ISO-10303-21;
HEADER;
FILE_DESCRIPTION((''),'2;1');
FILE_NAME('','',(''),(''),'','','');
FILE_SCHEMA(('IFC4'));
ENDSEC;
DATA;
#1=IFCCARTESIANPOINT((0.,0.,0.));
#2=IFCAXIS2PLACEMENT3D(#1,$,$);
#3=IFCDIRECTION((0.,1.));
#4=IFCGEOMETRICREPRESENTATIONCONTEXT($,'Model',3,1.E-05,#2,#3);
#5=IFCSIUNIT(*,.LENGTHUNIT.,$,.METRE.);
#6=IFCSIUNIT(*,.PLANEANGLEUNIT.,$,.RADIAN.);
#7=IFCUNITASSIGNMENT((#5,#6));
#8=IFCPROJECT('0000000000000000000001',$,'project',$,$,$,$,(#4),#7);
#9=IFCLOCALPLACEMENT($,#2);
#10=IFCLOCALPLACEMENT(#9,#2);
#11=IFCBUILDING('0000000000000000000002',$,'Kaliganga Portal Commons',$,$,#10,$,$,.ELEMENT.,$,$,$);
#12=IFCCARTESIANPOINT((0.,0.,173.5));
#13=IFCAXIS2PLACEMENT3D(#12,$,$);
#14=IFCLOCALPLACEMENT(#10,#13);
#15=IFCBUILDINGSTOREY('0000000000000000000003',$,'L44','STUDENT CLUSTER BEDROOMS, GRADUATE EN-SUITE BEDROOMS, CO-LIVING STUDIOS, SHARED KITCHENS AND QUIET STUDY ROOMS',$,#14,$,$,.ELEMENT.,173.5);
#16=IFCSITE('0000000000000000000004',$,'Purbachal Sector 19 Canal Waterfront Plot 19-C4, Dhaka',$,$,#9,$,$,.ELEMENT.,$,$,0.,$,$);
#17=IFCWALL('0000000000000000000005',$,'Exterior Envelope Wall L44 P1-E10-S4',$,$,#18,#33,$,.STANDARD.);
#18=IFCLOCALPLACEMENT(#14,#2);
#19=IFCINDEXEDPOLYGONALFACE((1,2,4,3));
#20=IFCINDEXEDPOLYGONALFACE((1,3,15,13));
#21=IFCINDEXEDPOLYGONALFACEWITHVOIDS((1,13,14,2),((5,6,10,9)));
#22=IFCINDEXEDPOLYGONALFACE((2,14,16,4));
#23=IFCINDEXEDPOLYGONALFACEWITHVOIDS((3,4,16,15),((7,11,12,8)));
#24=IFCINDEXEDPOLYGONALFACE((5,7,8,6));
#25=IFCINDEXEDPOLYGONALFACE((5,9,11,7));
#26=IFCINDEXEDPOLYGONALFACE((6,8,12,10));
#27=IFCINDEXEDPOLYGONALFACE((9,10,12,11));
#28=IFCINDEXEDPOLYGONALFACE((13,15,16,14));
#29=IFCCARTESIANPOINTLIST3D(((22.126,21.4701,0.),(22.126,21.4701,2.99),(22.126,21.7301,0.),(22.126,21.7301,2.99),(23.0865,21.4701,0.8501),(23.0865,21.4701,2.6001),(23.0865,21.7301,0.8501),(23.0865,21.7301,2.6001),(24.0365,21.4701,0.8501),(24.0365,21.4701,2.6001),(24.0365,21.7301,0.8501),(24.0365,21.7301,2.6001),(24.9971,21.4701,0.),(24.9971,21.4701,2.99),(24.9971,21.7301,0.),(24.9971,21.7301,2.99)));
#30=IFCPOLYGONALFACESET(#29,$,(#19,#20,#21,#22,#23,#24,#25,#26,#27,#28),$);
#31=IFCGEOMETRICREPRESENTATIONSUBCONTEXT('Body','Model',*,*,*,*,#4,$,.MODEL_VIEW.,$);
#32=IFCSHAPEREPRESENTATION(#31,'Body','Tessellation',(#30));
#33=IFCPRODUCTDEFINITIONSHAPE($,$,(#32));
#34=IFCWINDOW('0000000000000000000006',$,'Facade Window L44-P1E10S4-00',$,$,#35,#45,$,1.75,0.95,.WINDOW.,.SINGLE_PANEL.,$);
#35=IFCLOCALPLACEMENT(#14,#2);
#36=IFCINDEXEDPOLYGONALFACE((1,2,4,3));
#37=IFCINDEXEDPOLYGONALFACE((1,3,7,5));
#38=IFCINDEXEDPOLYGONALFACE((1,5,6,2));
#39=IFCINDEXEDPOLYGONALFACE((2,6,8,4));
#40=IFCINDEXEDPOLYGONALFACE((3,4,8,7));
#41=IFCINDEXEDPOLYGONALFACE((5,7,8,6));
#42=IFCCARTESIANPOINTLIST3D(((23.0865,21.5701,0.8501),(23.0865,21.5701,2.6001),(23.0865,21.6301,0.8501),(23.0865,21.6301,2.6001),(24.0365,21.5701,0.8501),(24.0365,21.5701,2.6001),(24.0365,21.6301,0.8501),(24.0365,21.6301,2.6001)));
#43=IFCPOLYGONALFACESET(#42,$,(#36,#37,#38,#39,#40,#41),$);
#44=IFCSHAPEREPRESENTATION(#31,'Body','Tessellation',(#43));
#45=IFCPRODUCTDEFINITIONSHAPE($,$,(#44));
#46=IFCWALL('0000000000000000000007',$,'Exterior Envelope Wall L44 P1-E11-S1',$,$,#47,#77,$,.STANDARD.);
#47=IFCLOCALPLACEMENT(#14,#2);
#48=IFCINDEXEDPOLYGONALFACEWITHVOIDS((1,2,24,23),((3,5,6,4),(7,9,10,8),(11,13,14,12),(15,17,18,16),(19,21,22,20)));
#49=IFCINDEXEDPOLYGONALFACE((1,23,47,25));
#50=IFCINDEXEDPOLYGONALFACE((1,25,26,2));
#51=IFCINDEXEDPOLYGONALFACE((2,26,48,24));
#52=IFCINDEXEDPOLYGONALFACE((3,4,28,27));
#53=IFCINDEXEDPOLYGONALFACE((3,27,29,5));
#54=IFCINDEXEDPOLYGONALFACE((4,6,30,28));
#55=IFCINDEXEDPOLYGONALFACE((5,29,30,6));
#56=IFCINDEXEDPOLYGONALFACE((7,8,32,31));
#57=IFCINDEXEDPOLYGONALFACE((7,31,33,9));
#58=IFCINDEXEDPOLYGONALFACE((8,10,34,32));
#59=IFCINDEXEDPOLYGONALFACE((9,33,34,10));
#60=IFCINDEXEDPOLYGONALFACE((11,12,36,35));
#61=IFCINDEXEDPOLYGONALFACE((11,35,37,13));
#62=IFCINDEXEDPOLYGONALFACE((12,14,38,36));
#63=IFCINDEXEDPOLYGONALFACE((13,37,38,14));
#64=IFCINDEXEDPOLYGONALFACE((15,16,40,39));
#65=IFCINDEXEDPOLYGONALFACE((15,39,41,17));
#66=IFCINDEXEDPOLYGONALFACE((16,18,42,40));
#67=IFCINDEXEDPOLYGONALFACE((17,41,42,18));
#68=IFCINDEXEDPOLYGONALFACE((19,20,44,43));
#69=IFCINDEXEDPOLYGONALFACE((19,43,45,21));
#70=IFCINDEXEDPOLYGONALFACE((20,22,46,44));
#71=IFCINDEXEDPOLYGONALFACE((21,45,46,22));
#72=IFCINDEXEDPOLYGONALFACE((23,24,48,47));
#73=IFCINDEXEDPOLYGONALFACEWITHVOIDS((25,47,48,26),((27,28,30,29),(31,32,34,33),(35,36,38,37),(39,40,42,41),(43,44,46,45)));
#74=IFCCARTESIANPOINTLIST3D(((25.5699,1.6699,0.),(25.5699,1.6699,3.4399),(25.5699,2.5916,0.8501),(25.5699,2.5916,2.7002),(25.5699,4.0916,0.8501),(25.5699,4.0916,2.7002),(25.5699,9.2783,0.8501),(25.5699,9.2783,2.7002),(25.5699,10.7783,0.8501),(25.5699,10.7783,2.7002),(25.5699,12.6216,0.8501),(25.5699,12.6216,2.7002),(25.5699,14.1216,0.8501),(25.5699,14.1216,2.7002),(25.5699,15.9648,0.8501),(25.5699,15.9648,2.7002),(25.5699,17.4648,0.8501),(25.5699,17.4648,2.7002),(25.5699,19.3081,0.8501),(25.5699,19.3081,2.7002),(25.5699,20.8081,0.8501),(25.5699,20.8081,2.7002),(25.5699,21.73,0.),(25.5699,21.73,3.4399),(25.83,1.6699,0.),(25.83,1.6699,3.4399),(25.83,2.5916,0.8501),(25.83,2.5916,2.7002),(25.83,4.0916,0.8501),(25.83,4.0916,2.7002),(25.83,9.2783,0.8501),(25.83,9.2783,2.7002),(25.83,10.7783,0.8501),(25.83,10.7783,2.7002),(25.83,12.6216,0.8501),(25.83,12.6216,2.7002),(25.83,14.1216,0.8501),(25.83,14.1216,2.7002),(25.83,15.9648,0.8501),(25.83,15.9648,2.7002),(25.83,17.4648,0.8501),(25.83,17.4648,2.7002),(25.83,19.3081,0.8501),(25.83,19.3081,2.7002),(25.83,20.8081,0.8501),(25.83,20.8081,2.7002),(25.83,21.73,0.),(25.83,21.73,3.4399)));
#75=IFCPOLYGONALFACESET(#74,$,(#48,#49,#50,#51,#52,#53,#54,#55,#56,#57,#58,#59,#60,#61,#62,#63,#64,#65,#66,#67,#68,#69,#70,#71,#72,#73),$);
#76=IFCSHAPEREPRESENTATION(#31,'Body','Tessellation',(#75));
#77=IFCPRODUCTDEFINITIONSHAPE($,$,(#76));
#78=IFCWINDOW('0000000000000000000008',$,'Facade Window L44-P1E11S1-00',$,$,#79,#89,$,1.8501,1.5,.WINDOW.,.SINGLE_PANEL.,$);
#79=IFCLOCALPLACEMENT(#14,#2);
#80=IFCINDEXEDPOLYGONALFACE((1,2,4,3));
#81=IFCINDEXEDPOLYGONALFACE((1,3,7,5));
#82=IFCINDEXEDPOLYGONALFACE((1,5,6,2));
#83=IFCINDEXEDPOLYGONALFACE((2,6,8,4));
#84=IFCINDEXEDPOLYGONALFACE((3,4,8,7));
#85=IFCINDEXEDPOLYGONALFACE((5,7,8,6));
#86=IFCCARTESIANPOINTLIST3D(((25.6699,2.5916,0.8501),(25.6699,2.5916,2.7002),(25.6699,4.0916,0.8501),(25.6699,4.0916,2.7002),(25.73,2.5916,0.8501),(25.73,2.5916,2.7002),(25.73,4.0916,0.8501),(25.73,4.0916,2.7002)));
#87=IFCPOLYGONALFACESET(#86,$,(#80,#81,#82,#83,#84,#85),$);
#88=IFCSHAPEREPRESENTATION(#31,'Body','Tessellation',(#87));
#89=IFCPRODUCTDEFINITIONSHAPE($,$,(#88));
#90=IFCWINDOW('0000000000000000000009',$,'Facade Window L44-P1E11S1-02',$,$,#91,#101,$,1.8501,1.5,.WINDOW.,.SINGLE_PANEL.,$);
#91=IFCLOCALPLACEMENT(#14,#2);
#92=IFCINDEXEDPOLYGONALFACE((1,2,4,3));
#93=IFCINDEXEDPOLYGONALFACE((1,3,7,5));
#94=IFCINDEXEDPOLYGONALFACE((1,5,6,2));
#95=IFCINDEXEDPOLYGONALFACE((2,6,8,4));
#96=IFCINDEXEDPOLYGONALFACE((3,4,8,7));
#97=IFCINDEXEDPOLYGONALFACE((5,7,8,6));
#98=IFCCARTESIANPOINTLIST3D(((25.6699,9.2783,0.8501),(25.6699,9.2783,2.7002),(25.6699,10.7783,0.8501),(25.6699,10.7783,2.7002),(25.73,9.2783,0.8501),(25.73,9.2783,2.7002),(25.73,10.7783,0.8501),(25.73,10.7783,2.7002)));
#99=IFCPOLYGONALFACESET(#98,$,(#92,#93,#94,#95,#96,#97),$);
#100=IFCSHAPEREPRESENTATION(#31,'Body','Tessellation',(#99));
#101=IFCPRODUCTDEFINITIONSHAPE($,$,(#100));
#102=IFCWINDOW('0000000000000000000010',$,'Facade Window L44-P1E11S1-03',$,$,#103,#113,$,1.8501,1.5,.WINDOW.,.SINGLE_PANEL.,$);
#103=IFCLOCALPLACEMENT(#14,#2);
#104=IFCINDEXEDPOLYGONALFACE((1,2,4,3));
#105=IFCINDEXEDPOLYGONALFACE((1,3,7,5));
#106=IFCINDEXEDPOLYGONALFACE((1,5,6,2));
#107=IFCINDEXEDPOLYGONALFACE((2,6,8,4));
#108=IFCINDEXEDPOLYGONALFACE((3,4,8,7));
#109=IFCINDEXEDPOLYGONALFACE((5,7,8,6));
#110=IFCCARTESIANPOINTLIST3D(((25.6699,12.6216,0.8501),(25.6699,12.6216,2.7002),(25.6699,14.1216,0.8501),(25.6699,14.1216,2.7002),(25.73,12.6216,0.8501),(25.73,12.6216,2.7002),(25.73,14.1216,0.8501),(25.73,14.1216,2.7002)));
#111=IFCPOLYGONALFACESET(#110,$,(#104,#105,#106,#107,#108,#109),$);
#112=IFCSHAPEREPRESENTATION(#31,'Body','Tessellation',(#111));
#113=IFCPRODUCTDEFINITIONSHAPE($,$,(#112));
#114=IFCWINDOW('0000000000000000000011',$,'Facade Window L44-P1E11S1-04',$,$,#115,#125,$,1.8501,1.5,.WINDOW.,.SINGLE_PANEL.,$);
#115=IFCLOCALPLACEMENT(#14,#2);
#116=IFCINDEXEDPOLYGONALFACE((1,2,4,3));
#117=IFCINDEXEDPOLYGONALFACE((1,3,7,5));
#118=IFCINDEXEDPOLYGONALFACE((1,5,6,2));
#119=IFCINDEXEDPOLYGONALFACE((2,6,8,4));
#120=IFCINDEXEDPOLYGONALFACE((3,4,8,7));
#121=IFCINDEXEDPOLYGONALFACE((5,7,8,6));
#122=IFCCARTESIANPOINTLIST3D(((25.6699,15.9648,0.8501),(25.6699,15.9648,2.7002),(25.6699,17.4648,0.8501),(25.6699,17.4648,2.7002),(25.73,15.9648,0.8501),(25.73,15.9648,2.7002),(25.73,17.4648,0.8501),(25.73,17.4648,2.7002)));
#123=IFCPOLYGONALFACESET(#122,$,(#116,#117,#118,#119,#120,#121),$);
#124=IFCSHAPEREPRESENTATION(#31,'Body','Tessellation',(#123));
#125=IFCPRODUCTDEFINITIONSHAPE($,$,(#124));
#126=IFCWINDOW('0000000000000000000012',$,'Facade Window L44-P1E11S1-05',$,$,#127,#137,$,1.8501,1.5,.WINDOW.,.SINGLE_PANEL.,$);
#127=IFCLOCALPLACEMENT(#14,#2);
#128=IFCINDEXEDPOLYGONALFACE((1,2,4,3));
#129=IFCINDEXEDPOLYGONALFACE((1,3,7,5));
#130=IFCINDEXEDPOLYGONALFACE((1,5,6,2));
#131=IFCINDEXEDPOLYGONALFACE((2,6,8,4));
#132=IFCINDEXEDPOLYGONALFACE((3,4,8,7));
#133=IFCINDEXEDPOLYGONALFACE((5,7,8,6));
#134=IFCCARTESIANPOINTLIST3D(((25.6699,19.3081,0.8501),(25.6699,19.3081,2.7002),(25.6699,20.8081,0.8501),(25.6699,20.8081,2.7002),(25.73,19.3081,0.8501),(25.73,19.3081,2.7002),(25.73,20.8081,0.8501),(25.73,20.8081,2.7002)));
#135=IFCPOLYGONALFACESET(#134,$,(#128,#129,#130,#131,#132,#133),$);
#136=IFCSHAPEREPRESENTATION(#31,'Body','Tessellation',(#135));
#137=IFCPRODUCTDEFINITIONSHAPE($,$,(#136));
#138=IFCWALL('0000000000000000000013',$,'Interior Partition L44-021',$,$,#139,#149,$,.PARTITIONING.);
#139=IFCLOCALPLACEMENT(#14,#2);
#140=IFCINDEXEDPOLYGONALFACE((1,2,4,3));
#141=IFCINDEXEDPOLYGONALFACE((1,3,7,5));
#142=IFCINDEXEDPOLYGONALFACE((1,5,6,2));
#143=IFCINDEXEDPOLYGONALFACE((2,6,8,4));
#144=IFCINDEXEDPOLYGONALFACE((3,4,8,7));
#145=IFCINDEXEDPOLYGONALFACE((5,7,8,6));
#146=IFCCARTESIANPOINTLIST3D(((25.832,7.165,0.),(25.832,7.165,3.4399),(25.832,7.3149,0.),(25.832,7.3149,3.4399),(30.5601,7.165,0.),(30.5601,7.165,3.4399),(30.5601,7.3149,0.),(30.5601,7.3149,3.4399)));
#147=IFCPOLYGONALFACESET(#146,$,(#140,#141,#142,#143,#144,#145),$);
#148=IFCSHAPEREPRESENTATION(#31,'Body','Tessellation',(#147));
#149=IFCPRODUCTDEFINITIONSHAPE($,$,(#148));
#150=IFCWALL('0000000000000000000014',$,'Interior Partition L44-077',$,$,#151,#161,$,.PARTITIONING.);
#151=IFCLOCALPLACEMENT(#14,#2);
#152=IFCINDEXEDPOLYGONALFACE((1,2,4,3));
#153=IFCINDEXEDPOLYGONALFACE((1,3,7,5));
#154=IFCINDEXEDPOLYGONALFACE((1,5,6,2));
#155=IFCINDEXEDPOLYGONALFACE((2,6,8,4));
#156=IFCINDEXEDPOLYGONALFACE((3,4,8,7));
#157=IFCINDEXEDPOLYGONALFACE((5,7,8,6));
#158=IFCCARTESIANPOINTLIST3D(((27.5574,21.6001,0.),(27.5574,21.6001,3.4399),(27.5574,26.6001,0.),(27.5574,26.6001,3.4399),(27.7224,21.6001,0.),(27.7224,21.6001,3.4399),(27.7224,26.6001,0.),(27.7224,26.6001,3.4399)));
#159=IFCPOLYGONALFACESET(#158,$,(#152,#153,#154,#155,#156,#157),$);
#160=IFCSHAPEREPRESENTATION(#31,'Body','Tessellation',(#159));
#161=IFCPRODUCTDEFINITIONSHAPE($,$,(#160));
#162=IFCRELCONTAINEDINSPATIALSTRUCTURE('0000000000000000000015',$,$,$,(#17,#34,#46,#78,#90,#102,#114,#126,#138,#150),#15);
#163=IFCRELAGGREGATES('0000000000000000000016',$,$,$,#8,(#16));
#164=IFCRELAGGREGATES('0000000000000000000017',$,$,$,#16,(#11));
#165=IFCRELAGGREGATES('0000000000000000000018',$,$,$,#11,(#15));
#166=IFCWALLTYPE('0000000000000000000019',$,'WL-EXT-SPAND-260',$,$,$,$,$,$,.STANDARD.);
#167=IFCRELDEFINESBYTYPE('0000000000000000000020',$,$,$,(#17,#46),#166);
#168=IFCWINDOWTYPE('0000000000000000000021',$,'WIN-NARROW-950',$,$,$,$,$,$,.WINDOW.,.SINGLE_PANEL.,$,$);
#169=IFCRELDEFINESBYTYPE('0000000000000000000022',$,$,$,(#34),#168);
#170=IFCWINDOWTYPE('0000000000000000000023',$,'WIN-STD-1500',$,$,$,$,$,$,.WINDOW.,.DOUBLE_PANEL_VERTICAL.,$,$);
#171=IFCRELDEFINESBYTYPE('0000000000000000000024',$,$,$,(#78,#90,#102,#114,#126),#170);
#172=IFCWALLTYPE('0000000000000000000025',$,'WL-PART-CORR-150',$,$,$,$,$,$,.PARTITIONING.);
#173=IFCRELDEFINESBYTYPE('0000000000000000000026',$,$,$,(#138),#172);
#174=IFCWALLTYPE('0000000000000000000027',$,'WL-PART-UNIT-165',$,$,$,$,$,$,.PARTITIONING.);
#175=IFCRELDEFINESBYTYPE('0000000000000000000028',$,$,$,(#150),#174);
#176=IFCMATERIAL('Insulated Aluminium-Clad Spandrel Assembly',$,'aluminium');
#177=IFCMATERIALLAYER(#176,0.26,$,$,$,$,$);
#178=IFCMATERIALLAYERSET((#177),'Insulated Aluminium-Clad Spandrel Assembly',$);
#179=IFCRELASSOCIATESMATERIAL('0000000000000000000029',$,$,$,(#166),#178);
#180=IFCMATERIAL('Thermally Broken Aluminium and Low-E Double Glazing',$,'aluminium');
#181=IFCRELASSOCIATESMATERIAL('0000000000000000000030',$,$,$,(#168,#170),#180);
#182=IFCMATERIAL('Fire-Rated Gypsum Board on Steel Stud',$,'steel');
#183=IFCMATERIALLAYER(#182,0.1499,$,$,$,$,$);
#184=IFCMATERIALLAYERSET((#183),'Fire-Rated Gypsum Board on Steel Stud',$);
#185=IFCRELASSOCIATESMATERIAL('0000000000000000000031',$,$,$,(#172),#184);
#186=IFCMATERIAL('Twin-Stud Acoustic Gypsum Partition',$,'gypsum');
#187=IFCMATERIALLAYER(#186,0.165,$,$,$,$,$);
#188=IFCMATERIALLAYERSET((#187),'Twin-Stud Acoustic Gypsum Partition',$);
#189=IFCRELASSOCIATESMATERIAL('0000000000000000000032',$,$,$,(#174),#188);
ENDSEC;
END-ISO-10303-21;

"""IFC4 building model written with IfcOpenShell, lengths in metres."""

from ifc_helpers import new_model, si_unit, direction, frame, frame_2d, origin, place, context, subcontext, project, spatial, rectangle, extrude, material, layer, layer_set, type_object, element, fill, save


model = new_model("IFC4")

# Units and contexts
model_context = context("Model", 3, precision=1e-05, world=origin(), true_north=direction((0.0, 1.0)))
body_context = subcontext(model_context, "Body", "Model", "MODEL_VIEW")
ifc_project = project(units=[si_unit("LENGTHUNIT", "METRE"), si_unit("PLANEANGLEUNIT", "RADIAN")], contexts=[model_context])

# Site, building, storey
site_placement = place(None, origin())
site = spatial("IfcSite", under=ifc_project, at=site_placement, Name="Purbachal Sector 19 Canal Waterfront Plot 19-C4, Dhaka", CompositionType="ELEMENT", RefElevation=0.0)
building_placement = place(site_placement, origin())
building = spatial("IfcBuilding", under=site, at=building_placement, Name="Kaliganga Portal Commons", CompositionType="ELEMENT")
storey_placement = place(building_placement, frame((0.0, 0.0, 173.5)))
storey = spatial("IfcBuildingStorey", under=building, at=storey_placement, Name="L44", Description="STUDENT CLUSTER BEDROOMS, GRADUATE EN-SUITE BEDROOMS, CO-LIVING STUDIOS, SHARED KITCHENS AND QUIET STUDY ROOMS", CompositionType="ELEMENT", Elevation=173.5)

# Wall, opening, window
ifc_material_1 = material(Name="Insulated Aluminium-Clad Spandrel Assembly", Category="aluminium")
ifc_layer_1 = layer(ifc_material_1, 0.26)
ifc_layer_set_1 = layer_set([ifc_layer_1], Name="Insulated Aluminium-Clad Spandrel Assembly")
wall_type_1 = type_object("IfcWallType", Name="WL-EXT-SPAND-260", PredefinedType="STANDARD", material=ifc_layer_set_1)
ifc_material_2 = material(Name="Thermally Broken Aluminium and Low-E Double Glazing", Category="aluminium")
window_type_1 = type_object("IfcWindowType", Name="WIN-NARROW-950", PartitioningType="SINGLE_PANEL", PredefinedType="WINDOW", material=ifc_material_2)
wall_1_placement = place(storey_placement, frame((24.9971, 21.6001, 0.0), z_axis=(0.0, 0.0, 1.0), x_axis=(-1.0, 0.0, 0.0)))
wall_1 = element("IfcWall", 1, at=wall_1_placement, inside=storey, type_object=wall_type_1, Name="Exterior Envelope Wall L44 P1-E10-S4", PredefinedType="STANDARD", context=body_context, shape_type="SweptSolid", body=[
    extrude(rectangle(XDim=2.8711, YDim=0.26, at=frame_2d((1.4355, 0.0))), origin(), (0.0, 0.0, 1.0), 2.99),
])
opening_1_placement = place(wall_1_placement, frame((0.9604, 0.0, 0.8501)))
opening_1 = element("IfcOpeningElement", 2, at=opening_1_placement, cuts=wall_1, PredefinedType="OPENING", context=body_context, shape_type="SweptSolid", body=[
    extrude(rectangle(XDim=0.95, YDim=1.75, at=frame_2d((0.4751, 0.875))), frame((0.0, 0.1401, 0.0), z_axis=(0.0, -1.0, 0.0), x_axis=(1.0, 0.0, 0.0)), (0.0, 0.0, 1.0), 0.28),
])
window_1_placement = place(opening_1_placement, origin())
window_1 = element("IfcWindow", 3, at=window_1_placement, inside=storey, type_object=window_type_1, Name="Facade Window L44-P1E10S4-00", OverallHeight=1.75, OverallWidth=0.95, PartitioningType="SINGLE_PANEL", PredefinedType="WINDOW", context=body_context, shape_type="SweptSolid", body=[
    extrude(rectangle(XDim=0.95, YDim=1.75, at=frame_2d((0.4751, 0.875))), frame((0.0, 0.03, 0.0), z_axis=(0.0, -1.0, 0.0), x_axis=(1.0, 0.0, 0.0)), (0.0, 0.0, 1.0), 0.0601),
])
fill(opening_1, window_1)

# Wall, openings, windows
wall_2_placement = place(storey_placement, frame((25.7, 1.6699, 0.0), z_axis=(0.0, 0.0, 1.0), x_axis=(0.0, 1.0, 0.0)))
wall_2 = element("IfcWall", 4, at=wall_2_placement, inside=storey, type_object=wall_type_1, Name="Exterior Envelope Wall L44 P1-E11-S1", PredefinedType="STANDARD", context=body_context, shape_type="SweptSolid", body=[
    extrude(rectangle(XDim=20.0601, YDim=0.26, at=frame_2d((10.03, 0.0))), origin(), (0.0, 0.0, 1.0), 3.4399),
])
opening_2_placement = place(wall_2_placement, frame((0.9216, 0.0, 0.8501)))
opening_2 = element("IfcOpeningElement", 5, at=opening_2_placement, cuts=wall_2, PredefinedType="OPENING", context=body_context, shape_type="SweptSolid", body=[
    extrude(rectangle(XDim=1.5, YDim=1.8501, at=frame_2d((0.75, 0.925))), frame((0.0, 0.1401, 0.0), z_axis=(0.0, -1.0, 0.0), x_axis=(1.0, 0.0, 0.0)), (0.0, 0.0, 1.0), 0.28),
])
opening_3_placement = place(wall_2_placement, frame((7.6084, 0.0, 0.8501)))
opening_3 = element("IfcOpeningElement", 6, at=opening_3_placement, cuts=wall_2, PredefinedType="OPENING", context=body_context, shape_type="SweptSolid", body=[
    extrude(rectangle(XDim=1.5, YDim=1.8501, at=frame_2d((0.75, 0.925))), frame((0.0, 0.1401, 0.0), z_axis=(0.0, -1.0, 0.0), x_axis=(1.0, 0.0, 0.0)), (0.0, 0.0, 1.0), 0.28),
])
opening_4_placement = place(wall_2_placement, frame((10.9517, 0.0, 0.8501)))
opening_4 = element("IfcOpeningElement", 7, at=opening_4_placement, cuts=wall_2, PredefinedType="OPENING", context=body_context, shape_type="SweptSolid", body=[
    extrude(rectangle(XDim=1.5, YDim=1.8501, at=frame_2d((0.75, 0.925))), frame((0.0, 0.1401, 0.0), z_axis=(0.0, -1.0, 0.0), x_axis=(1.0, 0.0, 0.0)), (0.0, 0.0, 1.0), 0.28),
])
opening_5_placement = place(wall_2_placement, frame((14.2949, 0.0, 0.8501)))
opening_5 = element("IfcOpeningElement", 8, at=opening_5_placement, cuts=wall_2, PredefinedType="OPENING", context=body_context, shape_type="SweptSolid", body=[
    extrude(rectangle(XDim=1.5, YDim=1.8501, at=frame_2d((0.75, 0.925))), frame((0.0, 0.1401, 0.0), z_axis=(0.0, -1.0, 0.0), x_axis=(1.0, 0.0, 0.0)), (0.0, 0.0, 1.0), 0.28),
])
opening_6_placement = place(wall_2_placement, frame((17.6382, 0.0, 0.8501)))
opening_6 = element("IfcOpeningElement", 9, at=opening_6_placement, cuts=wall_2, PredefinedType="OPENING", context=body_context, shape_type="SweptSolid", body=[
    extrude(rectangle(XDim=1.5, YDim=1.8501, at=frame_2d((0.75, 0.925))), frame((0.0, 0.1401, 0.0), z_axis=(0.0, -1.0, 0.0), x_axis=(1.0, 0.0, 0.0)), (0.0, 0.0, 1.0), 0.28),
])
window_type_2 = type_object("IfcWindowType", Name="WIN-STD-1500", PartitioningType="DOUBLE_PANEL_VERTICAL", PredefinedType="WINDOW", material=ifc_material_2)
window_2_placement = place(opening_2_placement, origin())
window_2 = element("IfcWindow", 10, at=window_2_placement, inside=storey, type_object=window_type_2, Name="Facade Window L44-P1E11S1-00", OverallHeight=1.8501, OverallWidth=1.5, PartitioningType="SINGLE_PANEL", PredefinedType="WINDOW", context=body_context, shape_type="SweptSolid", body=[
    extrude(rectangle(XDim=1.5, YDim=1.8501, at=frame_2d((0.75, 0.925))), frame((0.0, 0.03, 0.0), z_axis=(0.0, -1.0, 0.0), x_axis=(1.0, 0.0, 0.0)), (0.0, 0.0, 1.0), 0.0601),
])
fill(opening_2, window_2)
window_3_placement = place(opening_3_placement, origin())
window_3 = element("IfcWindow", 11, at=window_3_placement, inside=storey, type_object=window_type_2, Name="Facade Window L44-P1E11S1-02", OverallHeight=1.8501, OverallWidth=1.5, PartitioningType="SINGLE_PANEL", PredefinedType="WINDOW", context=body_context, shape_type="SweptSolid", body=[
    extrude(rectangle(XDim=1.5, YDim=1.8501, at=frame_2d((0.75, 0.925))), frame((0.0, 0.03, 0.0), z_axis=(0.0, -1.0, 0.0), x_axis=(1.0, 0.0, 0.0)), (0.0, 0.0, 1.0), 0.0601),
])
fill(opening_3, window_3)
window_4_placement = place(opening_4_placement, origin())
window_4 = element("IfcWindow", 12, at=window_4_placement, inside=storey, type_object=window_type_2, Name="Facade Window L44-P1E11S1-03", OverallHeight=1.8501, OverallWidth=1.5, PartitioningType="SINGLE_PANEL", PredefinedType="WINDOW", context=body_context, shape_type="SweptSolid", body=[
    extrude(rectangle(XDim=1.5, YDim=1.8501, at=frame_2d((0.75, 0.925))), frame((0.0, 0.03, 0.0), z_axis=(0.0, -1.0, 0.0), x_axis=(1.0, 0.0, 0.0)), (0.0, 0.0, 1.0), 0.0601),
])
fill(opening_4, window_4)
window_5_placement = place(opening_5_placement, origin())
window_5 = element("IfcWindow", 13, at=window_5_placement, inside=storey, type_object=window_type_2, Name="Facade Window L44-P1E11S1-04", OverallHeight=1.8501, OverallWidth=1.5, PartitioningType="SINGLE_PANEL", PredefinedType="WINDOW", context=body_context, shape_type="SweptSolid", body=[
    extrude(rectangle(XDim=1.5, YDim=1.8501, at=frame_2d((0.75, 0.925))), frame((0.0, 0.03, 0.0), z_axis=(0.0, -1.0, 0.0), x_axis=(1.0, 0.0, 0.0)), (0.0, 0.0, 1.0), 0.0601),
])
fill(opening_5, window_5)
window_6_placement = place(opening_6_placement, origin())
window_6 = element("IfcWindow", 14, at=window_6_placement, inside=storey, type_object=window_type_2, Name="Facade Window L44-P1E11S1-05", OverallHeight=1.8501, OverallWidth=1.5, PartitioningType="SINGLE_PANEL", PredefinedType="WINDOW", context=body_context, shape_type="SweptSolid", body=[
    extrude(rectangle(XDim=1.5, YDim=1.8501, at=frame_2d((0.75, 0.925))), frame((0.0, 0.03, 0.0), z_axis=(0.0, -1.0, 0.0), x_axis=(1.0, 0.0, 0.0)), (0.0, 0.0, 1.0), 0.0601),
])
fill(opening_6, window_6)

# Walls
ifc_material_3 = material(Name="Fire-Rated Gypsum Board on Steel Stud", Category="steel")
ifc_layer_2 = layer(ifc_material_3, 0.1499)
ifc_layer_set_2 = layer_set([ifc_layer_2], Name="Fire-Rated Gypsum Board on Steel Stud")
wall_type_2 = type_object("IfcWallType", Name="WL-PART-CORR-150", PredefinedType="PARTITIONING", material=ifc_layer_set_2)
wall_3_placement = place(storey_placement, frame((25.832, 7.24, 0.0), z_axis=(0.0, 0.0, 1.0), x_axis=(1.0, 0.0, 0.0)))
element("IfcWall", 15, at=wall_3_placement, inside=storey, type_object=wall_type_2, Name="Interior Partition L44-021", PredefinedType="PARTITIONING", context=body_context, shape_type="SweptSolid", body=[
    extrude(rectangle(XDim=4.728, YDim=0.1499, at=frame_2d((2.364, 0.0))), origin(), (0.0, 0.0, 1.0), 3.4399),
])
ifc_material_4 = material(Name="Twin-Stud Acoustic Gypsum Partition", Category="gypsum")
ifc_layer_3 = layer(ifc_material_4, 0.165)
ifc_layer_set_3 = layer_set([ifc_layer_3], Name="Twin-Stud Acoustic Gypsum Partition")
wall_type_3 = type_object("IfcWallType", Name="WL-PART-UNIT-165", PredefinedType="PARTITIONING", material=ifc_layer_set_3)
wall_4_placement = place(storey_placement, frame((27.6399, 21.6001, 0.0), z_axis=(0.0, 0.0, 1.0), x_axis=(0.0, 1.0, 0.0)))
element("IfcWall", 16, at=wall_4_placement, inside=storey, type_object=wall_type_3, Name="Interior Partition L44-077", PredefinedType="PARTITIONING", context=body_context, shape_type="SweptSolid", body=[
    extrude(rectangle(XDim=5.0, YDim=0.165, at=frame_2d((2.5, 0.0))), origin(), (0.0, 0.0, 1.0), 3.4399),
])

save(model, "model.ifc")
